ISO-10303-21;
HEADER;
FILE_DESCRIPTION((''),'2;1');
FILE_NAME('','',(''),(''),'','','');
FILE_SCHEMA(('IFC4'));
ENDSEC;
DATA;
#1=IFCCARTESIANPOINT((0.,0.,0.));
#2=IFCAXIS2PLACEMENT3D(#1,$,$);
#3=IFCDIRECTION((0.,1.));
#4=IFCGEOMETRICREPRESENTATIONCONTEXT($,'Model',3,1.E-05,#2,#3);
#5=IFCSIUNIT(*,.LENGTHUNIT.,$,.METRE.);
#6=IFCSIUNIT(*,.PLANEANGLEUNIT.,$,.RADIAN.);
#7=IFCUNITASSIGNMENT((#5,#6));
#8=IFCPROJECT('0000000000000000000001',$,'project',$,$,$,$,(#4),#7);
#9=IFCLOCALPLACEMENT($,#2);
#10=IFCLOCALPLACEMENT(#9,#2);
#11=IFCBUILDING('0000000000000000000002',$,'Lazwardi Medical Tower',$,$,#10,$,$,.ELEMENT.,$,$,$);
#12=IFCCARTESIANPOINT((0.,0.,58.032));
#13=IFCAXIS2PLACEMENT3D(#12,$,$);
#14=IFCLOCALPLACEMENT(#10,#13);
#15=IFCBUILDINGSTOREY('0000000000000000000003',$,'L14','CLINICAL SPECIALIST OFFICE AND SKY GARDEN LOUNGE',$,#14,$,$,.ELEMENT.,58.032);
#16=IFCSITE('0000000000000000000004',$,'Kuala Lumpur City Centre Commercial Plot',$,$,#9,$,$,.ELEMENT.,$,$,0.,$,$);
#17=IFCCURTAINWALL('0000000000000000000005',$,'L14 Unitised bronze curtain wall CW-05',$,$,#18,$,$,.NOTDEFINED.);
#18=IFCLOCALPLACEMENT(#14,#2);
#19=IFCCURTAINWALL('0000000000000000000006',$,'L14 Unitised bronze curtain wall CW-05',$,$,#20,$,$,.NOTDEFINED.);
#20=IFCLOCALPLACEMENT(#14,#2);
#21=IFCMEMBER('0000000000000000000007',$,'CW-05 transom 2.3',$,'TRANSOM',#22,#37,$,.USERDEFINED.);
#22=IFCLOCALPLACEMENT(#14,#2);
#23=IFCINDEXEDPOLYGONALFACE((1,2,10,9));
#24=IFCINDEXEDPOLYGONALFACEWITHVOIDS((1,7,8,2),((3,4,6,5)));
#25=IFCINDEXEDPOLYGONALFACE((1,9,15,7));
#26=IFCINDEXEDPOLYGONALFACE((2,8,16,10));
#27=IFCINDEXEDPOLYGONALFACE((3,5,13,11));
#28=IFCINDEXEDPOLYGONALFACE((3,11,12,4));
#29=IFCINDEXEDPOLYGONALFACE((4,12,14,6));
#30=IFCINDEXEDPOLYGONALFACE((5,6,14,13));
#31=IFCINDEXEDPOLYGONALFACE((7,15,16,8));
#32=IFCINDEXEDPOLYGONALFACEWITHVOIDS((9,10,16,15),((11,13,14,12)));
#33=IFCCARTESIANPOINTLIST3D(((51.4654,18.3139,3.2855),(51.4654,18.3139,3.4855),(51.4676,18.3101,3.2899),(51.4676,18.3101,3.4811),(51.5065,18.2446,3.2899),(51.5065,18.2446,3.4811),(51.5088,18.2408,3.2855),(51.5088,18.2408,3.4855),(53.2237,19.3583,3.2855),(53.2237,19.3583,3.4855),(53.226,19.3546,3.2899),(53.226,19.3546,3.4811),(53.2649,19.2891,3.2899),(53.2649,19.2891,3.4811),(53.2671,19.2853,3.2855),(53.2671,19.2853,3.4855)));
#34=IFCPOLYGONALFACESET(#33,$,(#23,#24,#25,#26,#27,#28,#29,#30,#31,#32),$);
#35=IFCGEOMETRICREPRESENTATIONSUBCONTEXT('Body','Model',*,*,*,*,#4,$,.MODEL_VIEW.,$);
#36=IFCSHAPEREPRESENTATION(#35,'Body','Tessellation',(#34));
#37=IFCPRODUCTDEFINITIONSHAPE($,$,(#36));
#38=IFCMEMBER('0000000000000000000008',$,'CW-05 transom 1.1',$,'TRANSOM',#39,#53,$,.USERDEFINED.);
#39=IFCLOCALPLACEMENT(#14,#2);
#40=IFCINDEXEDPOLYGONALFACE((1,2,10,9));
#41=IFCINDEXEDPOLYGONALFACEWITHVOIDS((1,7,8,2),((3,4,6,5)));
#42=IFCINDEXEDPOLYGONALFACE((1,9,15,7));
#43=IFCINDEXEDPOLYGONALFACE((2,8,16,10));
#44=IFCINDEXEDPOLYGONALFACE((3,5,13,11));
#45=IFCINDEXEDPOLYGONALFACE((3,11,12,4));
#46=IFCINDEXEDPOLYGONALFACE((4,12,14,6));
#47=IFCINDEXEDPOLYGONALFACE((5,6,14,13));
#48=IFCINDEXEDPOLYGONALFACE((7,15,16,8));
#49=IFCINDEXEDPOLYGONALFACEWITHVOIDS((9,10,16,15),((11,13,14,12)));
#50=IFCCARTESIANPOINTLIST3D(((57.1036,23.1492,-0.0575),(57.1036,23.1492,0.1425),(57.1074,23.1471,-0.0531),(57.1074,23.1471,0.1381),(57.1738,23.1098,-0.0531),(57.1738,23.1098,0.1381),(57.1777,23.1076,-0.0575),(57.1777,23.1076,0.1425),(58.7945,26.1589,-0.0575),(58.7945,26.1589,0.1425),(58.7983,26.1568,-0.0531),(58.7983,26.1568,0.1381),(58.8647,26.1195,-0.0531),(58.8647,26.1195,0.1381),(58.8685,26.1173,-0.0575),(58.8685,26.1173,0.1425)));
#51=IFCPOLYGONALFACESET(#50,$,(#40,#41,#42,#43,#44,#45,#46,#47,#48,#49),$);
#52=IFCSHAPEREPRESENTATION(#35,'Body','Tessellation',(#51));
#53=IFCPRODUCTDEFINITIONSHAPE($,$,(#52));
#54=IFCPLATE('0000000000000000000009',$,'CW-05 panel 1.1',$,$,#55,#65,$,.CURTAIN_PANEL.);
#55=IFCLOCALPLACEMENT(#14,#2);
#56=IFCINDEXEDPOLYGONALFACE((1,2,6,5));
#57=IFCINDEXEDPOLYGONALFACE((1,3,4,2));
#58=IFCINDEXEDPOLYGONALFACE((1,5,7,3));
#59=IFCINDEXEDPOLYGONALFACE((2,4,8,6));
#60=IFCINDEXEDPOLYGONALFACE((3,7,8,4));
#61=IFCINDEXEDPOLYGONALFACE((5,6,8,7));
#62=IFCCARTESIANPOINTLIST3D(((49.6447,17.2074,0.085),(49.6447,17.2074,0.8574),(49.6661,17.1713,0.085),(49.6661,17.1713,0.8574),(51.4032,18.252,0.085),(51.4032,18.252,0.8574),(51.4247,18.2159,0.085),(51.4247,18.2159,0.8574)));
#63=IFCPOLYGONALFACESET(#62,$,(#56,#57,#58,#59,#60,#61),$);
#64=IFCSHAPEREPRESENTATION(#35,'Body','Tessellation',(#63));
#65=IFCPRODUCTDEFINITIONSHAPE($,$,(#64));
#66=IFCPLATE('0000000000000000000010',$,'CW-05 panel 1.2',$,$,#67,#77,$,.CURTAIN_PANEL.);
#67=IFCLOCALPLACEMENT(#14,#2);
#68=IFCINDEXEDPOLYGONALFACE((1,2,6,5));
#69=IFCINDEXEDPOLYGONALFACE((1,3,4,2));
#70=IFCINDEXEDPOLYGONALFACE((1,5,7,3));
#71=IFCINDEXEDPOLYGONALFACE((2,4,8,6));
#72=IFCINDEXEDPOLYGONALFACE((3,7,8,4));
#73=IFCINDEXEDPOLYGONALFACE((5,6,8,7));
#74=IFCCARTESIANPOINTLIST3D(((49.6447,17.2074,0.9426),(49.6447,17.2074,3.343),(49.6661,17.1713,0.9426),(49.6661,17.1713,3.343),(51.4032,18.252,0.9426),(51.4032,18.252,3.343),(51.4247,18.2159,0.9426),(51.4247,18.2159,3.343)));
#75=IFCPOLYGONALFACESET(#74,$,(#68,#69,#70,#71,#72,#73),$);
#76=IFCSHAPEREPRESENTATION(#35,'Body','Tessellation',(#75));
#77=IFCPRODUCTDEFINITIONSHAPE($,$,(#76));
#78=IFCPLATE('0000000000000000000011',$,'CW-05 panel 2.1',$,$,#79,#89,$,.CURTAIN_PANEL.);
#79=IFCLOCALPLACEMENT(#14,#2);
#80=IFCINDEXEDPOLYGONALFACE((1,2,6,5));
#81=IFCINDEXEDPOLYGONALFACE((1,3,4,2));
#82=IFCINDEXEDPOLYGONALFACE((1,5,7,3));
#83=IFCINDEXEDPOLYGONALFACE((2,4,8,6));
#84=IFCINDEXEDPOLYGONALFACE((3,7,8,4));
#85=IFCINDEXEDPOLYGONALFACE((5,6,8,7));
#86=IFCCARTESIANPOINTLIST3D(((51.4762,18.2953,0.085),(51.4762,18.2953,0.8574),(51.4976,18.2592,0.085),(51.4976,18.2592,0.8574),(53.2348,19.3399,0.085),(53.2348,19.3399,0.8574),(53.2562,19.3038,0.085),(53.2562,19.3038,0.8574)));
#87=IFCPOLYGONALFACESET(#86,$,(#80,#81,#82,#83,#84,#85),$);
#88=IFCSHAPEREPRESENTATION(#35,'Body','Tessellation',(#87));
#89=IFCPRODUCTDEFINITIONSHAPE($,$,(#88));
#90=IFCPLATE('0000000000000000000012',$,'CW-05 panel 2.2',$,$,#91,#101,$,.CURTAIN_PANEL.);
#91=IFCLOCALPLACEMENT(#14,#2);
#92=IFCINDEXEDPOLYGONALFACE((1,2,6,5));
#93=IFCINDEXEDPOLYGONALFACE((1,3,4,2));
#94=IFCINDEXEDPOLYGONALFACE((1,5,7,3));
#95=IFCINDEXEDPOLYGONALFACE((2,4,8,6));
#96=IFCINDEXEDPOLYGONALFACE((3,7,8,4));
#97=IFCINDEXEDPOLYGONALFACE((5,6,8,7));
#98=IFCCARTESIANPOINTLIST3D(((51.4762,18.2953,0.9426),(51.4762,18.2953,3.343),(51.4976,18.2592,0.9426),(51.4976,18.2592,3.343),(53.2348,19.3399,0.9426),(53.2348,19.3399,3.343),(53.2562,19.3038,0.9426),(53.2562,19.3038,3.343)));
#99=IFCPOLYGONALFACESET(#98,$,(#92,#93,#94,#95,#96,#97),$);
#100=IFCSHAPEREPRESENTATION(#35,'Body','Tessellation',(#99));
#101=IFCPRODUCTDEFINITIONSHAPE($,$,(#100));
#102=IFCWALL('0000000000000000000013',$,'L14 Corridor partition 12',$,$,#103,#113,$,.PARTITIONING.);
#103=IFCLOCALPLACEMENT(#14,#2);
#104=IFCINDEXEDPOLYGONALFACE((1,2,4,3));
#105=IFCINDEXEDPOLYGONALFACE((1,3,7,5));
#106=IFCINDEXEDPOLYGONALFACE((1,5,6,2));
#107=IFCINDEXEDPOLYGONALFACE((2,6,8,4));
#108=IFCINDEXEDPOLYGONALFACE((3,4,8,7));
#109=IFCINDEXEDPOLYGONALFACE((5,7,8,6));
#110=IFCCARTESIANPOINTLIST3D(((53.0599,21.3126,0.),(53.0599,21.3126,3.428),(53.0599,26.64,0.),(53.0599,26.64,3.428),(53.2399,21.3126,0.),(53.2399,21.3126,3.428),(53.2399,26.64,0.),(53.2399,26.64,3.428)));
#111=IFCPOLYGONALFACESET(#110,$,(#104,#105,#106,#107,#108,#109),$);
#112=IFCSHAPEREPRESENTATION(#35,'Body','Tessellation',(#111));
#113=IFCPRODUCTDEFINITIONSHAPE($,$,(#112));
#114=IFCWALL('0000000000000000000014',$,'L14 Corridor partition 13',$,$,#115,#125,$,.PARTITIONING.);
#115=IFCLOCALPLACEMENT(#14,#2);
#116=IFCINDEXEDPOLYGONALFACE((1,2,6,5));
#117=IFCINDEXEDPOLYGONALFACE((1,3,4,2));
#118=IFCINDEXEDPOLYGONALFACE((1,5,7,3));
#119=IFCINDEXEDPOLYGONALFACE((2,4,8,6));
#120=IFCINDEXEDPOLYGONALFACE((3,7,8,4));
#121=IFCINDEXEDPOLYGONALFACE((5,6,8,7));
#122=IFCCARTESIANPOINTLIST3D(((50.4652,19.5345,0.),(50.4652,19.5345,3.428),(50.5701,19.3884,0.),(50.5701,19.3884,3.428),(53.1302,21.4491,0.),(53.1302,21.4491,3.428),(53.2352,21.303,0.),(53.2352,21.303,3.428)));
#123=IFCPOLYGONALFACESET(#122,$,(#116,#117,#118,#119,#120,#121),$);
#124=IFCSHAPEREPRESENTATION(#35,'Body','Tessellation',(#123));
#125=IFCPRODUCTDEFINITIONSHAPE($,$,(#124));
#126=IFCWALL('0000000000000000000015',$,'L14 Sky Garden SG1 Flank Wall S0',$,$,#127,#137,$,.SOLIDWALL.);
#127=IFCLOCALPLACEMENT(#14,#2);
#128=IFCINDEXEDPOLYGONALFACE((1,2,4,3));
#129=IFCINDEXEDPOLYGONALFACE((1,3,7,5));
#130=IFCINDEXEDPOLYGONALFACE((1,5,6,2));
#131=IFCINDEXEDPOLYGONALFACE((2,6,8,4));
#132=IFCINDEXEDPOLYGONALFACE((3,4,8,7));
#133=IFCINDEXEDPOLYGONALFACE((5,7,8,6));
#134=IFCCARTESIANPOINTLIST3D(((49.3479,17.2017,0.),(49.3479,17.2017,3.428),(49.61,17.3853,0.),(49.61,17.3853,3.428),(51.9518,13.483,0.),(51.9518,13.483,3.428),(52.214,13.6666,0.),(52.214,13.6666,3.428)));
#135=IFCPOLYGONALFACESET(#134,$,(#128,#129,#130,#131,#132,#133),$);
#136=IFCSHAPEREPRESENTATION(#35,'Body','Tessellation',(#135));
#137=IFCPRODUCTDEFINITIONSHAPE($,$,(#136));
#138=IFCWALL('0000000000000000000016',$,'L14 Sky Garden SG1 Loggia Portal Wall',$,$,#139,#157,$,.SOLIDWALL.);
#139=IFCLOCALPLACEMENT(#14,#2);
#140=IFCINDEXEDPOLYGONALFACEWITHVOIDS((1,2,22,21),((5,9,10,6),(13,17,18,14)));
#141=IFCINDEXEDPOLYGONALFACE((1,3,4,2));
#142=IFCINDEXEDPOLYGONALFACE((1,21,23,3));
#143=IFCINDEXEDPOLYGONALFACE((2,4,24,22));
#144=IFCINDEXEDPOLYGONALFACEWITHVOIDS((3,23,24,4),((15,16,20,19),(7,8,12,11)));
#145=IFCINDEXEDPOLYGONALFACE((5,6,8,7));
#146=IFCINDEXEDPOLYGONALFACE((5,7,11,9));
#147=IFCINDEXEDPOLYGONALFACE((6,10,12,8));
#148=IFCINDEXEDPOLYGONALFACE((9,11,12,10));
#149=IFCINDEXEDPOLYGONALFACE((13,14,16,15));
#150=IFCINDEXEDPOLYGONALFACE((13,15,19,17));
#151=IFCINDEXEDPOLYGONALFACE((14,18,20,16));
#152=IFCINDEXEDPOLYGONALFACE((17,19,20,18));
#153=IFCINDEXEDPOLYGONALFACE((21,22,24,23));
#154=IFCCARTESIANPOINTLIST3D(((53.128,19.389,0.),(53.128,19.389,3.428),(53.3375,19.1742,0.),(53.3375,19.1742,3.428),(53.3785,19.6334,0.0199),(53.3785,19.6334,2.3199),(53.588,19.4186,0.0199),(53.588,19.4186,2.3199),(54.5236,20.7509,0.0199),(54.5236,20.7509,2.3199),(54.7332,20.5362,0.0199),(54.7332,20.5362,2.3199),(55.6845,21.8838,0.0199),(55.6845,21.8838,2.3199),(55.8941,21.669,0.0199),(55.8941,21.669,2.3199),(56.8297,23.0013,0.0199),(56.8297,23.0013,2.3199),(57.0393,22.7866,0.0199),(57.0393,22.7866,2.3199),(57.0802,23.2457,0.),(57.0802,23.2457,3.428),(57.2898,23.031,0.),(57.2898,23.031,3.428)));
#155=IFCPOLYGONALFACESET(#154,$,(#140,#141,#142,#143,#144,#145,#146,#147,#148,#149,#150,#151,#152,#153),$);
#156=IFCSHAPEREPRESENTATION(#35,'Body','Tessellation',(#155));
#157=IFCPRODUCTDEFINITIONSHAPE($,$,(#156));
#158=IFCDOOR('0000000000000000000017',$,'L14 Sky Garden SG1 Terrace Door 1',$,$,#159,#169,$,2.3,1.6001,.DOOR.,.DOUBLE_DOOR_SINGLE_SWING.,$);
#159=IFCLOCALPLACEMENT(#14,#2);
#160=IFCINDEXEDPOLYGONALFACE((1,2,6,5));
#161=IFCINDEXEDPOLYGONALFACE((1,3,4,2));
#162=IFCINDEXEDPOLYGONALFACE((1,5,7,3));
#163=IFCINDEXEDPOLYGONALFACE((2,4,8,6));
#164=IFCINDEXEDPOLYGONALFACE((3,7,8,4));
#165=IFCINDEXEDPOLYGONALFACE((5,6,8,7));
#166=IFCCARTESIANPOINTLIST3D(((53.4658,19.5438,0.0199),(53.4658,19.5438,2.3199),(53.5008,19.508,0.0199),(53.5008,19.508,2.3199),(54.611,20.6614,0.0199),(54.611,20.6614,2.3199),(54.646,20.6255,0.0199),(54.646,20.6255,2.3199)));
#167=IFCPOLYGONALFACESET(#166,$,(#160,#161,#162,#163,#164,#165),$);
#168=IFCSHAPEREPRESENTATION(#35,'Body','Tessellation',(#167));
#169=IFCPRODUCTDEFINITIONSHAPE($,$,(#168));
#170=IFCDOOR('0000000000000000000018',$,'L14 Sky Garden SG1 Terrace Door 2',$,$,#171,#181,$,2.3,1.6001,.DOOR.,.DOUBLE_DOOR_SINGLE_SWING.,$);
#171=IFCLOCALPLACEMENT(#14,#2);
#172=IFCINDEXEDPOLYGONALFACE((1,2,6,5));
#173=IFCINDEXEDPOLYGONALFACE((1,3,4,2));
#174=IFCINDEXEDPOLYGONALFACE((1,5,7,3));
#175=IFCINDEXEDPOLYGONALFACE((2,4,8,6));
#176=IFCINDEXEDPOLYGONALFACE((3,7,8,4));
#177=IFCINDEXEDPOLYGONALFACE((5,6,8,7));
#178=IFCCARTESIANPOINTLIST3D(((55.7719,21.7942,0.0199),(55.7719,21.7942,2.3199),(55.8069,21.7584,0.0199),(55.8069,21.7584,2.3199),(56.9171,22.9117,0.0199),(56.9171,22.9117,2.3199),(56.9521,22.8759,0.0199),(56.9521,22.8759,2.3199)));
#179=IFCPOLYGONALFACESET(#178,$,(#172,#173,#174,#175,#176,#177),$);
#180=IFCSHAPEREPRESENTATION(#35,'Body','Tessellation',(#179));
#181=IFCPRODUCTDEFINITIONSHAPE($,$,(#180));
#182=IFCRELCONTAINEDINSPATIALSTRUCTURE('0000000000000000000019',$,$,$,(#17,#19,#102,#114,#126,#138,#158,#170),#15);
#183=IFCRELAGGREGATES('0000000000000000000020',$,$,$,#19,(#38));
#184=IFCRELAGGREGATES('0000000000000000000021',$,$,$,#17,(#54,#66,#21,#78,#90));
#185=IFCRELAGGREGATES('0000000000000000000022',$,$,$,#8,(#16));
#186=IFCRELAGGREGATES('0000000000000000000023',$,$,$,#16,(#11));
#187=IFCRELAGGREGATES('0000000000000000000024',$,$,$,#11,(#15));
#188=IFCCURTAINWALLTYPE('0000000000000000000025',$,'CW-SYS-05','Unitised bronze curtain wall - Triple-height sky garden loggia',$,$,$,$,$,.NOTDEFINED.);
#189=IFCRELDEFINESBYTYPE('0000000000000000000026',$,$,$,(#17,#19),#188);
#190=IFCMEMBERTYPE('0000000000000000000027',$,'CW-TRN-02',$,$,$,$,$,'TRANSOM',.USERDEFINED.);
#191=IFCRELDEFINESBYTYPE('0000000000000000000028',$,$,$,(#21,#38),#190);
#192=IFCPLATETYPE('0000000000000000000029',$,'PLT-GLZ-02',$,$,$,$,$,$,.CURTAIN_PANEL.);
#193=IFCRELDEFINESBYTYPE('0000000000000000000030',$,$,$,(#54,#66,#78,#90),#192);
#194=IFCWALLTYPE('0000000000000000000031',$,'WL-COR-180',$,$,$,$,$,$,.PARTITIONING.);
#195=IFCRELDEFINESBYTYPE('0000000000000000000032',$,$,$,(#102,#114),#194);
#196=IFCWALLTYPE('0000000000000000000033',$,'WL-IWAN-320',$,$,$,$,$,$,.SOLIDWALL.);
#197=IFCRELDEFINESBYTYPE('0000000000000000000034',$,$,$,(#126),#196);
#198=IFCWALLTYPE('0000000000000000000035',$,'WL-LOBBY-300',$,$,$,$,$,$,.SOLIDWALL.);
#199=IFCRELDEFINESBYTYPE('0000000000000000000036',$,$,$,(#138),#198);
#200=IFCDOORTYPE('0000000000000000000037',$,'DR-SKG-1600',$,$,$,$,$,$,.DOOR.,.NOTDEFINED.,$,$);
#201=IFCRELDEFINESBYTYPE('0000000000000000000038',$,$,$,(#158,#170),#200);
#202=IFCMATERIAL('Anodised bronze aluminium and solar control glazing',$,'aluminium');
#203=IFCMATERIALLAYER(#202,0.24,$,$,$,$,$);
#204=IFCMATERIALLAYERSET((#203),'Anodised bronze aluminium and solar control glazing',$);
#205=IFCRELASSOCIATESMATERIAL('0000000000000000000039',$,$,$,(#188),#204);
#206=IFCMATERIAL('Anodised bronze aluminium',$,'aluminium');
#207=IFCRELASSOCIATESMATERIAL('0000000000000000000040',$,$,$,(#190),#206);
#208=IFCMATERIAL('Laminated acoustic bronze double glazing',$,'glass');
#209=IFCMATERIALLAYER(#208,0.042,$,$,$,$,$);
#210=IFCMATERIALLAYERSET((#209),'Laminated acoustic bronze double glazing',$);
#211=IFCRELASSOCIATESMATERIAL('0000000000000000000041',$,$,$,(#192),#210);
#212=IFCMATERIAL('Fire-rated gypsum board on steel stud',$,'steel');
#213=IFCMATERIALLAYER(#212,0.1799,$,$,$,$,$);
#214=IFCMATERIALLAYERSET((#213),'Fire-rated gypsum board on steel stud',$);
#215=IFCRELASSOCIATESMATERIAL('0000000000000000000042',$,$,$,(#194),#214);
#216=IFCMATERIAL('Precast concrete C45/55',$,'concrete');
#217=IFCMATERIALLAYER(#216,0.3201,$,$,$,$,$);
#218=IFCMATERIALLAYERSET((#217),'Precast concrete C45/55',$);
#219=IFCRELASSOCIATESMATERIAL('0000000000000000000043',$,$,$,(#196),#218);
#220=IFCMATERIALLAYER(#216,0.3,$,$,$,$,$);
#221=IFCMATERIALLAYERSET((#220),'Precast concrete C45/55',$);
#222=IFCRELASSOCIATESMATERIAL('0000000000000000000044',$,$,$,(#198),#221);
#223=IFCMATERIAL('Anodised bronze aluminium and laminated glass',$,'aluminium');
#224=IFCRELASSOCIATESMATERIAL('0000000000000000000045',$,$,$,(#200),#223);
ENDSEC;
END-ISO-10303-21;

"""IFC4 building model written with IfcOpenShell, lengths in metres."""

from ifc_helpers import new_model, si_unit, direction, frame, frame_2d, origin, origin_2d, place, context, subcontext, project, spatial, rectangle, hollow_rectangle, extrude, material, layer, layer_set, material_profile, profile_set, type_object, element, fill, aggregate, save


model = new_model("IFC4")

# Units and contexts
model_context = context("Model", 3, precision=1e-05, world=origin(), true_north=direction((0.0, 1.0)))
body_context = subcontext(model_context, "Body", "Model", "MODEL_VIEW")
ifc_project = project(units=[si_unit("LENGTHUNIT", "METRE"), si_unit("PLANEANGLEUNIT", "RADIAN")], contexts=[model_context])

# Site, building, storey
site_placement = place(None, origin())
site = spatial("IfcSite", under=ifc_project, at=site_placement, Name="Kuala Lumpur City Centre Commercial Plot", CompositionType="ELEMENT", RefElevation=0.0)
building_placement = place(site_placement, origin())
building = spatial("IfcBuilding", under=site, at=building_placement, Name="Lazwardi Medical Tower", CompositionType="ELEMENT")
storey_placement = place(building_placement, frame((0.0, 0.0, 58.032)))
storey = spatial("IfcBuildingStorey", under=building, at=storey_placement, Name="L14", Description="CLINICAL SPECIALIST OFFICE AND SKY GARDEN LOUNGE", CompositionType="ELEMENT", Elevation=58.032)

# Shared definitions
ifc_material_1 = material(Name="Anodised bronze aluminium and solar control glazing", Category="aluminium")
ifc_material_2 = material(Name="Anodised bronze aluminium", Category="aluminium")

# Curtain wall
ifc_layer_1 = layer(ifc_material_1, 0.24)
ifc_layer_set_1 = layer_set([ifc_layer_1], Name="Anodised bronze aluminium and solar control glazing")
curtain_wall_type_1 = type_object("IfcCurtainWallType", Name="CW-SYS-05", Description="Unitised bronze curtain wall - Triple-height sky garden loggia", PredefinedType="NOTDEFINED", material=ifc_layer_set_1)
curtain_wall_1_placement = place(storey_placement, origin())
curtain_wall_1 = element("IfcCurtainWall", 1, at=curtain_wall_1_placement, inside=storey, type_object=curtain_wall_type_1, Name="L14 Unitised bronze curtain wall CW-05", PredefinedType="NOTDEFINED")

# Curtain wall
curtain_wall_2_placement = place(storey_placement, origin())
curtain_wall_2 = element("IfcCurtainWall", 2, at=curtain_wall_2_placement, inside=storey, type_object=curtain_wall_type_1, Name="L14 Unitised bronze curtain wall CW-05", PredefinedType="NOTDEFINED")

# Members
ifc_material_profile_1 = material_profile(ifc_material_2, hollow_rectangle(XDim=0.085, YDim=0.2, WallThickness=0.0044, at=origin_2d()), Name="ALU-TRANSOM 200x85x4.5")
ifc_profile_set_1 = profile_set([ifc_material_profile_1], Name="Anodised bronze aluminium")
member_type_1 = type_object("IfcMemberType", Name="CW-TRN-02", ElementType="TRANSOM", PredefinedType="USERDEFINED", material=ifc_profile_set_1)
member_1_placement = place(storey_placement, frame((51.4871, 18.2773, 3.3855), z_axis=(0.85976, 0.510699, 0.0), x_axis=(-0.510699, 0.85976, 0.0)))
member_1 = element("IfcMember", 3, at=member_1_placement, type_object=member_type_1, Name="CW-05 transom 2.3", ObjectType="TRANSOM", PredefinedType="USERDEFINED", context=body_context, shape_type="SweptSolid", body=[
    extrude(hollow_rectangle(XDim=0.085, YDim=0.2, WallThickness=0.0044, at=origin_2d()), origin(), (0.0, 0.0, 1.0), 2.0452),
])
member_2_placement = place(storey_placement, frame((57.1406, 23.1284, 0.0425), z_axis=(0.489805, 0.871832, 0.0), x_axis=(-0.871832, 0.489805, 0.0)))
member_2 = element("IfcMember", 4, at=member_2_placement, type_object=member_type_1, Name="CW-05 transom 1.1", ObjectType="TRANSOM", PredefinedType="USERDEFINED", context=body_context, shape_type="SweptSolid", body=[
    extrude(hollow_rectangle(XDim=0.085, YDim=0.2, WallThickness=0.0044, at=origin_2d()), origin(), (0.0, 0.0, 1.0), 3.4521),
])
aggregate(curtain_wall_2, [member_2])

# Plates
ifc_material_3 = material(Name="Laminated acoustic bronze double glazing", Category="glass")
ifc_layer_2 = layer(ifc_material_3, 0.042)
ifc_layer_set_2 = layer_set([ifc_layer_2], Name="Laminated acoustic bronze double glazing")
plate_type = type_object("IfcPlateType", Name="PLT-GLZ-02", PredefinedType="CURTAIN_PANEL", material=ifc_layer_set_2)
plate_1_placement = place(storey_placement, frame((50.5347, 17.7117, 0.085), z_axis=(0.0, 0.0, 1.0), x_axis=(0.859771, 0.51068, 0.0)))
plate_1 = element("IfcPlate", 5, at=plate_1_placement, type_object=plate_type, Name="CW-05 panel 1.1", PredefinedType="CURTAIN_PANEL", context=body_context, shape_type="SweptSolid", body=[
    extrude(rectangle(XDim=2.0454, YDim=0.042, at=origin_2d()), origin(), (0.0, 0.0, 1.0), 0.7725),
])
plate_2_placement = place(storey_placement, frame((50.5347, 17.7117, 0.9426), z_axis=(0.0, 0.0, 1.0), x_axis=(0.859771, 0.51068, 0.0)))
plate_2 = element("IfcPlate", 6, at=plate_2_placement, type_object=plate_type, Name="CW-05 panel 1.2", PredefinedType="CURTAIN_PANEL", context=body_context, shape_type="SweptSolid", body=[
    extrude(rectangle(XDim=2.0454, YDim=0.042, at=origin_2d()), origin(), (0.0, 0.0, 1.0), 2.4004),
])
plate_3_placement = place(storey_placement, frame((52.3662, 18.7996, 0.085), z_axis=(0.0, 0.0, 1.0), x_axis=(0.859771, 0.51068, 0.0)))
plate_3 = element("IfcPlate", 7, at=plate_3_placement, type_object=plate_type, Name="CW-05 panel 2.1", PredefinedType="CURTAIN_PANEL", context=body_context, shape_type="SweptSolid", body=[
    extrude(rectangle(XDim=2.0454, YDim=0.042, at=origin_2d()), origin(), (0.0, 0.0, 1.0), 0.7725),
])
plate_4_placement = place(storey_placement, frame((52.3662, 18.7996, 0.9426), z_axis=(0.0, 0.0, 1.0), x_axis=(0.859771, 0.51068, 0.0)))
plate_4 = element("IfcPlate", 8, at=plate_4_placement, type_object=plate_type, Name="CW-05 panel 2.2", PredefinedType="CURTAIN_PANEL", context=body_context, shape_type="SweptSolid", body=[
    extrude(rectangle(XDim=2.0454, YDim=0.042, at=origin_2d()), origin(), (0.0, 0.0, 1.0), 2.4004),
])
aggregate(curtain_wall_1, [plate_1, plate_2, member_1, plate_3, plate_4])

# Walls
ifc_material_4 = material(Name="Fire-rated gypsum board on steel stud", Category="steel")
ifc_layer_3 = layer(ifc_material_4, 0.1799)
ifc_layer_set_3 = layer_set([ifc_layer_3], Name="Fire-rated gypsum board on steel stud")
wall_type_1 = type_object("IfcWallType", Name="WL-COR-180", PredefinedType="PARTITIONING", material=ifc_layer_set_3)
wall_1_placement = place(storey_placement, frame((53.1499, 26.6399, 0.0), z_axis=(0.0, 0.0, 1.0), x_axis=(0.0, -1.0, 0.0)))
element("IfcWall", 9, at=wall_1_placement, inside=storey, type_object=wall_type_1, Name="L14 Corridor partition 12", PredefinedType="PARTITIONING", context=body_context, shape_type="SweptSolid", body=[
    extrude(rectangle(XDim=5.3274, YDim=0.1799, at=frame_2d((2.6636, 0.0))), origin(), (0.0, 0.0, 1.0), 3.428),
])
wall_2_placement = place(storey_placement, frame((53.1826, 21.376, 0.0), z_axis=(0.0, 0.0, 1.0), x_axis=(-0.812152, -0.583446, 0.0)))
element("IfcWall", 10, at=wall_2_placement, inside=storey, type_object=wall_type_1, Name="L14 Corridor partition 13", PredefinedType="PARTITIONING", context=body_context, shape_type="SweptSolid", body=[
    extrude(rectangle(XDim=3.2815, YDim=0.1799, at=frame_2d((1.6406, 0.0))), origin(), (0.0, 0.0, 1.0), 3.428),
])
ifc_material_5 = material(Name="Precast concrete C45/55", Category="concrete")
ifc_layer_4 = layer(ifc_material_5, 0.3201)
ifc_layer_set_4 = layer_set([ifc_layer_4], Name="Precast concrete C45/55")
wall_type_2 = type_object("IfcWallType", Name="WL-IWAN-320", PredefinedType="SOLIDWALL", material=ifc_layer_set_4)
wall_3_placement = place(storey_placement, frame((52.083, 13.5747, 0.0), z_axis=(0.0, 0.0, 1.0), x_axis=(-0.573592, 0.819141, 0.0)))
element("IfcWall", 11, at=wall_3_placement, inside=storey, type_object=wall_type_2, Name="L14 Sky Garden SG1 Flank Wall S0", PredefinedType="SOLIDWALL", context=body_context, shape_type="SweptSolid", body=[
    extrude(rectangle(XDim=4.5398, YDim=0.3201, at=frame_2d((2.27, 0.0))), origin(), (0.0, 0.0, 1.0), 3.428),
])

# Wall, openings, doors
ifc_layer_5 = layer(ifc_material_5, 0.3)
ifc_layer_set_5 = layer_set([ifc_layer_5], Name="Precast concrete C45/55")
wall_type_3 = type_object("IfcWallType", Name="WL-LOBBY-300", PredefinedType="SOLIDWALL", material=ifc_layer_set_5)
wall_4_placement = place(storey_placement, frame((53.2327, 19.2815, 0.0), z_axis=(0.0, 0.0, 1.0), x_axis=(0.715697, 0.698411, 0.0)))
wall_4 = element("IfcWall", 12, at=wall_4_placement, inside=storey, type_object=wall_type_3, Name="L14 Sky Garden SG1 Loggia Portal Wall", PredefinedType="SOLIDWALL", context=body_context, shape_type="SweptSolid", body=[
    extrude(rectangle(XDim=5.5222, YDim=0.3, at=frame_2d((2.7612, 0.0))), origin(), (0.0, 0.0, 1.0), 3.428),
])
opening_1_placement = place(wall_4_placement, frame((0.3501, 0.0, 0.02)))
opening_1 = element("IfcOpeningElement", 13, at=opening_1_placement, cuts=wall_4, PredefinedType="OPENING", context=body_context, shape_type="SweptSolid", body=[
    extrude(rectangle(XDim=1.6001, YDim=2.3, at=frame_2d((0.8, 1.1499))), frame((0.0, 0.1599, 0.0), z_axis=(0.0, -1.0, 0.0), x_axis=(1.0, 0.0, 0.0)), (0.0, 0.0, 1.0), 0.3201),
])
opening_2_placement = place(wall_4_placement, frame((3.5723, 0.0, 0.02)))
opening_2 = element("IfcOpeningElement", 14, at=opening_2_placement, cuts=wall_4, PredefinedType="OPENING", context=body_context, shape_type="SweptSolid", body=[
    extrude(rectangle(XDim=1.6001, YDim=2.3, at=frame_2d((0.8, 1.1499))), frame((0.0, 0.1599, 0.0), z_axis=(0.0, -1.0, 0.0), x_axis=(1.0, 0.0, 0.0)), (0.0, 0.0, 1.0), 0.3201),
])
ifc_material_6 = material(Name="Anodised bronze aluminium and laminated glass", Category="aluminium")
door_type = type_object("IfcDoorType", Name="DR-SKG-1600", OperationType="NOTDEFINED", PredefinedType="DOOR", material=ifc_material_6)
door_1_placement = place(opening_1_placement, origin())
door_1 = element("IfcDoor", 15, at=door_1_placement, inside=storey, type_object=door_type, Name="L14 Sky Garden SG1 Terrace Door 1", OperationType="DOUBLE_DOOR_SINGLE_SWING", OverallHeight=2.3, OverallWidth=1.6001, PredefinedType="DOOR", context=body_context, shape_type="SweptSolid", body=[
    extrude(rectangle(XDim=1.6001, YDim=2.3, at=frame_2d((0.8, 1.1499))), frame((0.0, 0.0249, 0.0), z_axis=(0.0, -1.0, 0.0), x_axis=(1.0, 0.0, 0.0)), (0.0, 0.0, 1.0), 0.05),
])
fill(opening_1, door_1)
door_2_placement = place(opening_2_placement, origin())
door_2 = element("IfcDoor", 16, at=door_2_placement, inside=storey, type_object=door_type, Name="L14 Sky Garden SG1 Terrace Door 2", OperationType="DOUBLE_DOOR_SINGLE_SWING", OverallHeight=2.3, OverallWidth=1.6001, PredefinedType="DOOR", context=body_context, shape_type="SweptSolid", body=[
    extrude(rectangle(XDim=1.6001, YDim=2.3, at=frame_2d((0.8, 1.1499))), frame((0.0, 0.0249, 0.0), z_axis=(0.0, -1.0, 0.0), x_axis=(1.0, 0.0, 0.0)), (0.0, 0.0, 1.0), 0.05),
])
fill(opening_2, door_2)

save(model, "model.ifc")
